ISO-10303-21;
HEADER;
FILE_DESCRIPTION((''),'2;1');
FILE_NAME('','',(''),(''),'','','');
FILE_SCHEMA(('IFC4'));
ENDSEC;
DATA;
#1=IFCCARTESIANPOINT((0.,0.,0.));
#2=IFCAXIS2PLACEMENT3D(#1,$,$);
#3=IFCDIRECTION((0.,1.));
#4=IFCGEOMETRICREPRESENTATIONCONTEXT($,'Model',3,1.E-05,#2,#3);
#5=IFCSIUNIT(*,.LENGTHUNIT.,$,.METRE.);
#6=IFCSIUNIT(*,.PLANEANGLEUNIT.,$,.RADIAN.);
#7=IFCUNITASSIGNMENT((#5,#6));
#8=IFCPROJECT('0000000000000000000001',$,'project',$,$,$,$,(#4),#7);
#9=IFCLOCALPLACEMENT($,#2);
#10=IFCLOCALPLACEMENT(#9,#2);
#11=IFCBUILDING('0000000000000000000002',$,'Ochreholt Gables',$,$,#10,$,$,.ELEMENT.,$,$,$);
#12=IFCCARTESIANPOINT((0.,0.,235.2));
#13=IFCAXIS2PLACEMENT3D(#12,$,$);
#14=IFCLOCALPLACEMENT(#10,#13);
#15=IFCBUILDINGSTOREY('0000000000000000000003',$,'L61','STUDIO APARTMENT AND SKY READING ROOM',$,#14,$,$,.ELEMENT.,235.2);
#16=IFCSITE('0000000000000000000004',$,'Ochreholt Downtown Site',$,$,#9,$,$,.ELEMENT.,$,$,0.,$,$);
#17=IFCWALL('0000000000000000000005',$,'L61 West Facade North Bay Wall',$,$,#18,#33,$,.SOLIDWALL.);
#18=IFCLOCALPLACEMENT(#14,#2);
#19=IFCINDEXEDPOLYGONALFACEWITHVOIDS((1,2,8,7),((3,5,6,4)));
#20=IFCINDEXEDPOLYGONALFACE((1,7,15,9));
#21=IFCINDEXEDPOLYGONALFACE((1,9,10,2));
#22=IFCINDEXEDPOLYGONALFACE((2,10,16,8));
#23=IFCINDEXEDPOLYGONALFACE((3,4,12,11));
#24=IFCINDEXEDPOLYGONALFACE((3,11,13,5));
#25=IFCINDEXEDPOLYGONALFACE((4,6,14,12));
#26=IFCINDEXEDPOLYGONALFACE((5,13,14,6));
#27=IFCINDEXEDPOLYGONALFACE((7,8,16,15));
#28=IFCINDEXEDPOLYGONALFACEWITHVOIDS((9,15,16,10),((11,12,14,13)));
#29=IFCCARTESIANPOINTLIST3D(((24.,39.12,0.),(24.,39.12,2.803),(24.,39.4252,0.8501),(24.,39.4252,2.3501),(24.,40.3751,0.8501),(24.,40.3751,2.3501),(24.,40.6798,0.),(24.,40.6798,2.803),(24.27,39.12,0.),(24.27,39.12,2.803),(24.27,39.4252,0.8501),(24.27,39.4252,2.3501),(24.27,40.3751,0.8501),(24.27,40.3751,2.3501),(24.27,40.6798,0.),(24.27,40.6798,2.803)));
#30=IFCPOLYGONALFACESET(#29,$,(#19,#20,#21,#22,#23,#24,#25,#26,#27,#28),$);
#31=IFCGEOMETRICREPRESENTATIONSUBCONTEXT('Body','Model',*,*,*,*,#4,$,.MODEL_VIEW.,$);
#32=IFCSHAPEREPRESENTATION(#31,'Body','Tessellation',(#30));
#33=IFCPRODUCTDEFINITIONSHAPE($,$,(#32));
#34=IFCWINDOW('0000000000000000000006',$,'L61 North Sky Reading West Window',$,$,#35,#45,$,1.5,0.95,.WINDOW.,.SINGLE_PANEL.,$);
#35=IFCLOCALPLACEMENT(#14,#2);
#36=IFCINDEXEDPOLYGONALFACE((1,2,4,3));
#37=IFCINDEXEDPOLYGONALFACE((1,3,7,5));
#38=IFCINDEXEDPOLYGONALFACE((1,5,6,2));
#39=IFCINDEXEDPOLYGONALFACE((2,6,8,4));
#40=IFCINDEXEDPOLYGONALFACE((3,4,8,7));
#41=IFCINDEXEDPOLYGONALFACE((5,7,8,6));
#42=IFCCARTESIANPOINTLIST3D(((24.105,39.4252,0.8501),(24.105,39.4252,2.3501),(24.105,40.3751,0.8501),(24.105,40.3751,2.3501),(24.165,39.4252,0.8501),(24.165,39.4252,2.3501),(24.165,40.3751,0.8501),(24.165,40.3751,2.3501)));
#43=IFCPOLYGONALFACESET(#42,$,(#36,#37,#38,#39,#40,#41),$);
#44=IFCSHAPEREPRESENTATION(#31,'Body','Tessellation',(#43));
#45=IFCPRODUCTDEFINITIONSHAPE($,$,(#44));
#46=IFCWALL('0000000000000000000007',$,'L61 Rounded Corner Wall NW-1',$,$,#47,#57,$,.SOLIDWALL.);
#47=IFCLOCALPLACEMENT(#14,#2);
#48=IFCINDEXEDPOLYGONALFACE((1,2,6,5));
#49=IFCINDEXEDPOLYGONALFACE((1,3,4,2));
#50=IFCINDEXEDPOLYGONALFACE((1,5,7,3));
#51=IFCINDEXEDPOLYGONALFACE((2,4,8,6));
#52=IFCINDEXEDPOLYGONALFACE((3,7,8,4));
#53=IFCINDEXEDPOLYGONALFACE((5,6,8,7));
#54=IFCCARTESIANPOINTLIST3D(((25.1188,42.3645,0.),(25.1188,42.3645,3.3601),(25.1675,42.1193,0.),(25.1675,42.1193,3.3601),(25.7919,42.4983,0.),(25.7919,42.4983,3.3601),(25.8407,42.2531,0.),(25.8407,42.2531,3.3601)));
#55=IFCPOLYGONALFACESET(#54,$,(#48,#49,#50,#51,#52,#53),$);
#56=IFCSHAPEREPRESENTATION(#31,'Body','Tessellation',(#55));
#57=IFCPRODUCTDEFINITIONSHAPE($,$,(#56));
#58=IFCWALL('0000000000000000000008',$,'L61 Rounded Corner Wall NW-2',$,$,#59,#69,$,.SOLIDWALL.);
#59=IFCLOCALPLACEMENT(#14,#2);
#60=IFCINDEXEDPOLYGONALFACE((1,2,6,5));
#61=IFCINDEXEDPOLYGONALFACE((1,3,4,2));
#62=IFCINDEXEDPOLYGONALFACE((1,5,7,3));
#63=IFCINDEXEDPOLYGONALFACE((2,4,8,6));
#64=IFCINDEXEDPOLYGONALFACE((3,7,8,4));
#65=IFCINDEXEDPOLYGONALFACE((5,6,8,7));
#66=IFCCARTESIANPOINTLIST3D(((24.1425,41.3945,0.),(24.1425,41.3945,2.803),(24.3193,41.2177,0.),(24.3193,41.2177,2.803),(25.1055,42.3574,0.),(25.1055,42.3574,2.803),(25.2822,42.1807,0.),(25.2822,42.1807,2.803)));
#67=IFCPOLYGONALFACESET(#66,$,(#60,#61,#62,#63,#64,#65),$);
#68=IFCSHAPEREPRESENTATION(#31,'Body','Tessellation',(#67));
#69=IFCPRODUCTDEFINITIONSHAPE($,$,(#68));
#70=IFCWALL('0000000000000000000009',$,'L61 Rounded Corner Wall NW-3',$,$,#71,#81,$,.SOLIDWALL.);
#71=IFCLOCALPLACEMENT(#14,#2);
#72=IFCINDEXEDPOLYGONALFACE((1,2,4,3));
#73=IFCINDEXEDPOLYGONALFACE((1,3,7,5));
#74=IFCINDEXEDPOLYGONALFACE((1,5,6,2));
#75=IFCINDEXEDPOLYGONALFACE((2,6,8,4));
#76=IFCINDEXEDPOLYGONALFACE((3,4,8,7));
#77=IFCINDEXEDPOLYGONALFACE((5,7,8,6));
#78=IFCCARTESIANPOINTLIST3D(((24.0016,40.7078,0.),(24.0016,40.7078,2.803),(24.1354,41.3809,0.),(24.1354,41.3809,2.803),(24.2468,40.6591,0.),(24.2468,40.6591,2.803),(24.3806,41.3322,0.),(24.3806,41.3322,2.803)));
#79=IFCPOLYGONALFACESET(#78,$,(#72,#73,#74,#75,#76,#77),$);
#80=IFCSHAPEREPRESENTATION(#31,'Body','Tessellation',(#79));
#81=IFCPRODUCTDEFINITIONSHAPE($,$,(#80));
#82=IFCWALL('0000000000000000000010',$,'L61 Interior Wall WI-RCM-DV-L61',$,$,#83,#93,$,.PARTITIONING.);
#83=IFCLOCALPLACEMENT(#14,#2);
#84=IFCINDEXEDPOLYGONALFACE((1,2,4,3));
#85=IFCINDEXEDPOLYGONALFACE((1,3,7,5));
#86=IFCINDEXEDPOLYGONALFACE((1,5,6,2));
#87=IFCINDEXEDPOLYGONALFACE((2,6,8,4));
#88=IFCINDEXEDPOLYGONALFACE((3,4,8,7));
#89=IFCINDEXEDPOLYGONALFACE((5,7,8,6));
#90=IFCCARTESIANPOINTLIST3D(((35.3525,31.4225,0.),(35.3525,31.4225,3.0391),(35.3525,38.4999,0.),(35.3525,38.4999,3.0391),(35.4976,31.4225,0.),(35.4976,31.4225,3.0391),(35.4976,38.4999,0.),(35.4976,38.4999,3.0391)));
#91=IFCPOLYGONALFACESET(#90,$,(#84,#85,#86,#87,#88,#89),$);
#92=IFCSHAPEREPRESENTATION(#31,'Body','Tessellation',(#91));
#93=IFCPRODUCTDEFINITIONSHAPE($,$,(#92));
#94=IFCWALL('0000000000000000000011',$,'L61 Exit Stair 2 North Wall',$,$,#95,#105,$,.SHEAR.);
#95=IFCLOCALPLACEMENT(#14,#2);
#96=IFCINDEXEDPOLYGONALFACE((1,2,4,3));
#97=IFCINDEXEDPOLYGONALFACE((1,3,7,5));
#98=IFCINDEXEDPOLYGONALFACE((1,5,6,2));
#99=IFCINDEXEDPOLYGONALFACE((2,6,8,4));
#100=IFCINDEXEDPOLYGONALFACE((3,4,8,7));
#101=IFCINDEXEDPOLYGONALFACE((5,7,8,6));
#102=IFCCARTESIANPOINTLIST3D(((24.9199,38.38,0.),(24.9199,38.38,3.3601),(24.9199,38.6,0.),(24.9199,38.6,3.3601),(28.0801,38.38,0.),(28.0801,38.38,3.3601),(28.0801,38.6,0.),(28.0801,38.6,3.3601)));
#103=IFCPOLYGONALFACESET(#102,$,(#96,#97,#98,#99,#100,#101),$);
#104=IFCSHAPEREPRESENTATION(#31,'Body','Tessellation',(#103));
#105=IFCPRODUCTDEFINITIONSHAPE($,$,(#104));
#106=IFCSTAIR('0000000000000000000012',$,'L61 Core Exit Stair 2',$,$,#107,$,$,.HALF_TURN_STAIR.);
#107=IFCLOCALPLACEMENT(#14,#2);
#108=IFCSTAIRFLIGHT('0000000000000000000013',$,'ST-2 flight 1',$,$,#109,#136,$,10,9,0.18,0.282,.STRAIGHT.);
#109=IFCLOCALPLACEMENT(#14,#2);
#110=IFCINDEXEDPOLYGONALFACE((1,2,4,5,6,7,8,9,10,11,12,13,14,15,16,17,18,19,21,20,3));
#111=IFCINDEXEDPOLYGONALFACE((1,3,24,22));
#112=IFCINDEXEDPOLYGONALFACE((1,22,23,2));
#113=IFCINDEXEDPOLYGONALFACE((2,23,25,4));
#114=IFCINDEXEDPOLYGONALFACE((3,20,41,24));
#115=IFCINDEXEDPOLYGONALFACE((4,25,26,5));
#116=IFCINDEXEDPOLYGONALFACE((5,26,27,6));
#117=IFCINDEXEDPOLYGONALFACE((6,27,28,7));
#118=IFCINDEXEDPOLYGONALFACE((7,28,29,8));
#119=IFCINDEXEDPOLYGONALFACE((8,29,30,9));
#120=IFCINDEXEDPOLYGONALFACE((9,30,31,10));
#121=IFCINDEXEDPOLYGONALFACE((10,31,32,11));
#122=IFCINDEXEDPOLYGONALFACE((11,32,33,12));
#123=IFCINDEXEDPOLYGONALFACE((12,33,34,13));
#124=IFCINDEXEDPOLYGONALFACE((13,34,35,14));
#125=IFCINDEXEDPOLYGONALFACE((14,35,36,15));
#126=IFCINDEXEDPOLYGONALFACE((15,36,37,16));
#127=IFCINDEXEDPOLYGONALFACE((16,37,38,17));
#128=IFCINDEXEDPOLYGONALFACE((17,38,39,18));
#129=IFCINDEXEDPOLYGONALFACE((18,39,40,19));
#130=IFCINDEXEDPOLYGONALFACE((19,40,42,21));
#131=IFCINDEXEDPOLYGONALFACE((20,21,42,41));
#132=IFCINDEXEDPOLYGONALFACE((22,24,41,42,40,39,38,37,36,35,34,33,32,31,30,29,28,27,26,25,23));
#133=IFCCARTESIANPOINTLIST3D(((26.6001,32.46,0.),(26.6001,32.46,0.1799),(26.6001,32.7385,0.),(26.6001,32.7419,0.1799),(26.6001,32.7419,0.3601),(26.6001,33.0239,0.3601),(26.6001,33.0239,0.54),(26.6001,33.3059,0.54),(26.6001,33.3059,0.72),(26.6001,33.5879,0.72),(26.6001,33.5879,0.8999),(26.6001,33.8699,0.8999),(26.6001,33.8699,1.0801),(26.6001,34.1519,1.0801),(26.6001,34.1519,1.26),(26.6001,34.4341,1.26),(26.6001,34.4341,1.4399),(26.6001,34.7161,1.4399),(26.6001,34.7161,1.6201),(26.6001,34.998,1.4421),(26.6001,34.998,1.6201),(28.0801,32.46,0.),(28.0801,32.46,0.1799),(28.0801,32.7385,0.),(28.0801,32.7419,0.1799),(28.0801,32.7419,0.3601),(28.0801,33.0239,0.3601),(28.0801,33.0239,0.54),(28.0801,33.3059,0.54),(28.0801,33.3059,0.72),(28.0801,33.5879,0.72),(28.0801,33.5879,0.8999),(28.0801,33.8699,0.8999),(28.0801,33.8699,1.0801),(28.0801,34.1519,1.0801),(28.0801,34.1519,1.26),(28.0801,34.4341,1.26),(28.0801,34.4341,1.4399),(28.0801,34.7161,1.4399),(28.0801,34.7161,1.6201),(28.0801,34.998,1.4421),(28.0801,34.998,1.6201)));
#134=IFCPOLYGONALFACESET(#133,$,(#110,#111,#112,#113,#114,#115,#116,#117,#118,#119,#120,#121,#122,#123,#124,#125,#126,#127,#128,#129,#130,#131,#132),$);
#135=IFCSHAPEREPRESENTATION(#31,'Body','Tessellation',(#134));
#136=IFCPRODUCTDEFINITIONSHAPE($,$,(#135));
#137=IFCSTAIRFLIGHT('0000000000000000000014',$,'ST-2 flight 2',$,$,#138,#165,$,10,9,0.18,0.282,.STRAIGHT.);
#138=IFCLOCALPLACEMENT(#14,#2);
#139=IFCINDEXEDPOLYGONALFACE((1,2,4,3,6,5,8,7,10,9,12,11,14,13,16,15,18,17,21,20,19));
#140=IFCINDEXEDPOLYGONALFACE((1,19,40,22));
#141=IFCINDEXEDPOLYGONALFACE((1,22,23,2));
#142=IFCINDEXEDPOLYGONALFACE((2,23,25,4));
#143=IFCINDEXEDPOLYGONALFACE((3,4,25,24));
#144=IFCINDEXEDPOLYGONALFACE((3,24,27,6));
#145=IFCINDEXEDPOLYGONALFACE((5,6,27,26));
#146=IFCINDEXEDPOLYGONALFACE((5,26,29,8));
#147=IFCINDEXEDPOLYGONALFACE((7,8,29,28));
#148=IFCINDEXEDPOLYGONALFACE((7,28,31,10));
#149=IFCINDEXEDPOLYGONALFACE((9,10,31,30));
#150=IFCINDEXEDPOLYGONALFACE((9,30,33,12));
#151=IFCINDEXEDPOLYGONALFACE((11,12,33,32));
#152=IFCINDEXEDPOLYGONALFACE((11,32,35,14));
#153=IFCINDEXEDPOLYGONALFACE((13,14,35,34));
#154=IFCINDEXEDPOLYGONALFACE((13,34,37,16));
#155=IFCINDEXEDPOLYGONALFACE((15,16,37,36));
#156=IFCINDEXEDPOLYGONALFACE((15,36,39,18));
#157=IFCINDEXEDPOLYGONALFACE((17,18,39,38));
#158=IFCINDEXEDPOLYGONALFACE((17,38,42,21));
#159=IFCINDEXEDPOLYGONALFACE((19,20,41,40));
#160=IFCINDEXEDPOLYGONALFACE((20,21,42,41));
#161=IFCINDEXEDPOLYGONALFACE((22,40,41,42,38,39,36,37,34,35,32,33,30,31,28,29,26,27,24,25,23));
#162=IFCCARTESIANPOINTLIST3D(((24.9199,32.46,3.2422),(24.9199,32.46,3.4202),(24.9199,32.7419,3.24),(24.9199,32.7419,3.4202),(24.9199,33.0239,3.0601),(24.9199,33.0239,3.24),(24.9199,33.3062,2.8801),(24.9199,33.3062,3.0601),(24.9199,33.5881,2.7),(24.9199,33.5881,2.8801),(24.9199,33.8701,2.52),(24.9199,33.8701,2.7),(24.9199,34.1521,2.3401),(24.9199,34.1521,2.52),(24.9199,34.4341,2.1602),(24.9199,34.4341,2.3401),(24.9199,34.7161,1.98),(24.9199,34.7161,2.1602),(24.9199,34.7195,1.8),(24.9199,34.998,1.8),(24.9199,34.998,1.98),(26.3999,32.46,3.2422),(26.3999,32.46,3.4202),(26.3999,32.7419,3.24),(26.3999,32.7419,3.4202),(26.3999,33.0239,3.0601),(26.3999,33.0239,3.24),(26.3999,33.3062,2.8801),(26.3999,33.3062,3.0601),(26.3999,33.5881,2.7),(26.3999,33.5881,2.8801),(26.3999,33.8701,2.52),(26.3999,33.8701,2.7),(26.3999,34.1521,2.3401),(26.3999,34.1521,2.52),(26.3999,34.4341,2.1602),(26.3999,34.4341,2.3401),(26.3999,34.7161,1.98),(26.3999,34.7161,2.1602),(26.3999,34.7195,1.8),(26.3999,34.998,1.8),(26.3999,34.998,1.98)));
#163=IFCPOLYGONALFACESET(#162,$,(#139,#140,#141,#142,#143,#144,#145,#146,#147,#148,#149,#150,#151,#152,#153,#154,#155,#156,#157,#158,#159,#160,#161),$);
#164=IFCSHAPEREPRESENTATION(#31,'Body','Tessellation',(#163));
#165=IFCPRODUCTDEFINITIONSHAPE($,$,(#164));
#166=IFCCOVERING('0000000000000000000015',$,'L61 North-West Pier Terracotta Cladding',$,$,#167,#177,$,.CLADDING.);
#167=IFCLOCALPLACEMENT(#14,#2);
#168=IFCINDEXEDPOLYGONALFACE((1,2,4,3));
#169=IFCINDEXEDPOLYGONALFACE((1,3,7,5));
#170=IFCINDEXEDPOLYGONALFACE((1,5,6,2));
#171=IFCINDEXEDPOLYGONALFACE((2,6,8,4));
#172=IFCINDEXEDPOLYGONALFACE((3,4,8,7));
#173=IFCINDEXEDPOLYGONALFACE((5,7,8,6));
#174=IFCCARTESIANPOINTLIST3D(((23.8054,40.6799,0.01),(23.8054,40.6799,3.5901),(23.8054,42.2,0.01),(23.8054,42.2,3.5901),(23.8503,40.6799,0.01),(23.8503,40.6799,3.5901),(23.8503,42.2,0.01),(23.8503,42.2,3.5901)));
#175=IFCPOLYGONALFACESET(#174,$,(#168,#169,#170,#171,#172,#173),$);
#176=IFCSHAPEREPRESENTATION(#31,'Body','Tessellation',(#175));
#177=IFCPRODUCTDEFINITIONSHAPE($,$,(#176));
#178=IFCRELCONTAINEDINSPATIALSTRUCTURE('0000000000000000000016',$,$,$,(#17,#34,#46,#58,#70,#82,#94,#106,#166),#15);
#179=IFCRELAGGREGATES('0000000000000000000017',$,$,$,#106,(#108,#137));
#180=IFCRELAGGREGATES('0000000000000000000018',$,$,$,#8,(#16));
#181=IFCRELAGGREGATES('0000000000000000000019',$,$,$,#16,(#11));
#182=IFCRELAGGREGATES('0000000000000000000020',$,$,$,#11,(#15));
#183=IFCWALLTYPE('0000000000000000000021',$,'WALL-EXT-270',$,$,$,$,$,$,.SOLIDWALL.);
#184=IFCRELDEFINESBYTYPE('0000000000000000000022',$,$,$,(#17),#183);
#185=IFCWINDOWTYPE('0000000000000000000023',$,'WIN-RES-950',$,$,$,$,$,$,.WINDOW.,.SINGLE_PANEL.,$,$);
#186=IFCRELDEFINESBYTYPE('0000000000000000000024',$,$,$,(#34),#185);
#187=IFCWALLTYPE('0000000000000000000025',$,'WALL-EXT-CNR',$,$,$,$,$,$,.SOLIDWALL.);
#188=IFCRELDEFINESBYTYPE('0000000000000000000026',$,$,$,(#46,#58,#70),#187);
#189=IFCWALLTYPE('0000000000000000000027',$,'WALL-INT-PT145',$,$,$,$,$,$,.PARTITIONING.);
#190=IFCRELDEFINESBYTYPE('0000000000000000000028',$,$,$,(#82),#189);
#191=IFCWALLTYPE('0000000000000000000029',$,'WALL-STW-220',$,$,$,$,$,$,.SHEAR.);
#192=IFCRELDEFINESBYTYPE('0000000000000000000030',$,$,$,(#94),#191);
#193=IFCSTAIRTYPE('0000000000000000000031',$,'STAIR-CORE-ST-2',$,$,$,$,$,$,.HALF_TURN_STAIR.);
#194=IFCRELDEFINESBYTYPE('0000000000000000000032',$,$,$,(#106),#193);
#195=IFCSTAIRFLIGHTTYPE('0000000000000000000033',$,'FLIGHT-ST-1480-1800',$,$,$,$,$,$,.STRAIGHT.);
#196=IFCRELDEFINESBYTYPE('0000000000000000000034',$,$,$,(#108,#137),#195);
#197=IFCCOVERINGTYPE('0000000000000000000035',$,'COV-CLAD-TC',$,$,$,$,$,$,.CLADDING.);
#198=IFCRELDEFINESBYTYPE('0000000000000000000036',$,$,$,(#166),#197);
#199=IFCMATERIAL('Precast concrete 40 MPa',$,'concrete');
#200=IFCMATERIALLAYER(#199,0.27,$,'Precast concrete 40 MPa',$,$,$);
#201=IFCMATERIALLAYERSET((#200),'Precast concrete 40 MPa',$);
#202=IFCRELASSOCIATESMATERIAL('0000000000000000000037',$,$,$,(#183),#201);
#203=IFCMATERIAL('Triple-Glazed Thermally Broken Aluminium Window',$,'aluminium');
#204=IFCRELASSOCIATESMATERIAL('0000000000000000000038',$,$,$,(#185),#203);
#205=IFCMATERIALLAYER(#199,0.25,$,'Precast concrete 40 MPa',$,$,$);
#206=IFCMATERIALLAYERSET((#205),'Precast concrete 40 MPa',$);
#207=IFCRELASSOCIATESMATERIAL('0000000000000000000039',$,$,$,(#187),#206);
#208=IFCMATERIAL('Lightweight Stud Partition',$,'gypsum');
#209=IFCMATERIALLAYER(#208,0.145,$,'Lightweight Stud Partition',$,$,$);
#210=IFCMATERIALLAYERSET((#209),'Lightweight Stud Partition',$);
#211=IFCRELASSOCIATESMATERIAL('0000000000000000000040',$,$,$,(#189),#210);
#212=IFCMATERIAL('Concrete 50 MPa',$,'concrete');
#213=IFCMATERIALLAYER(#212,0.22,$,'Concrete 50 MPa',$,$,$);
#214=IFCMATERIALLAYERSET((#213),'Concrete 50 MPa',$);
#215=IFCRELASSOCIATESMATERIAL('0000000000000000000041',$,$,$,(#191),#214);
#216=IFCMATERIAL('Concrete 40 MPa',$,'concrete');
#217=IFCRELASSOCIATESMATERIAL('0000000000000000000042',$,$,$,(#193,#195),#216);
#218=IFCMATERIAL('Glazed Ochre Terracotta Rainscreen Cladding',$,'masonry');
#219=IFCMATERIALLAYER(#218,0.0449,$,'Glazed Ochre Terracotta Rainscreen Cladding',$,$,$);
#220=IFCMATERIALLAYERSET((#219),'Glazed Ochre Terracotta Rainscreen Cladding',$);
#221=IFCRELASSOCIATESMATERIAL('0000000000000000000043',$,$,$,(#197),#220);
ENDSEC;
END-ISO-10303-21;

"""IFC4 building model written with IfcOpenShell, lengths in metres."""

from ifc_helpers import new_model, si_unit, direction, frame, frame_2d, origin, origin_2d, place, context, subcontext, project, spatial, polyline, rectangle, outline, extrude, material, layer, layer_set, type_object, element, fill, aggregate, save


model = new_model("IFC4")

# Units and contexts
model_context = context("Model", 3, precision=1e-05, world=origin(), true_north=direction((0.0, 1.0)))
body_context = subcontext(model_context, "Body", "Model", "MODEL_VIEW")
ifc_project = project(units=[si_unit("LENGTHUNIT", "METRE"), si_unit("PLANEANGLEUNIT", "RADIAN")], contexts=[model_context])

# Site, building, storey
site_placement = place(None, origin())
site = spatial("IfcSite", under=ifc_project, at=site_placement, Name="Ochreholt Downtown Site", CompositionType="ELEMENT", RefElevation=0.0)
building_placement = place(site_placement, origin())
building = spatial("IfcBuilding", under=site, at=building_placement, Name="Ochreholt Gables", CompositionType="ELEMENT")
storey_placement = place(building_placement, frame((0.0, 0.0, 235.2)))
storey = spatial("IfcBuildingStorey", under=building, at=storey_placement, Name="L61", Description="STUDIO APARTMENT AND SKY READING ROOM", CompositionType="ELEMENT", Elevation=235.2)

# Shared definitions
ifc_material_1 = material(Name="Concrete 50 MPa", Category="concrete")

# Wall, opening, window
ifc_material_2 = material(Name="Precast concrete 40 MPa", Category="concrete")
ifc_layer_1 = layer(ifc_material_2, 0.27, Name="Precast concrete 40 MPa")
ifc_layer_set_1 = layer_set([ifc_layer_1], Name="Precast concrete 40 MPa")
wall_type_1 = type_object("IfcWallType", Name="WALL-EXT-270", PredefinedType="SOLIDWALL", material=ifc_layer_set_1)
wall_1_placement = place(storey_placement, frame((24.135, 39.1201, 0.0), z_axis=(0.0, 0.0, 1.0), x_axis=(0.0, 1.0, 0.0)))
wall_1 = element("IfcWall", 1, at=wall_1_placement, inside=storey, type_object=wall_type_1, Name="L61 West Facade North Bay Wall", PredefinedType="SOLIDWALL", context=body_context, shape_type="SweptSolid", body=[
    extrude(rectangle(XDim=1.5598, YDim=0.27, at=frame_2d((0.7798, 0.0))), origin(), (0.0, 0.0, 1.0), 2.803),
])
opening_1_placement = place(wall_1_placement, frame((0.3049, 0.0, 0.8501)))
opening_1 = element("IfcOpeningElement", 2, at=opening_1_placement, cuts=wall_1, PredefinedType="OPENING", context=body_context, shape_type="SweptSolid", body=[
    extrude(rectangle(XDim=0.95, YDim=1.5, at=frame_2d((0.4751, 0.75))), frame((0.0, 0.145, 0.0), z_axis=(0.0, -1.0, 0.0), x_axis=(1.0, 0.0, 0.0)), (0.0, 0.0, 1.0), 0.29),
])
ifc_material_3 = material(Name="Triple-Glazed Thermally Broken Aluminium Window", Category="aluminium")
window_type = type_object("IfcWindowType", Name="WIN-RES-950", PartitioningType="SINGLE_PANEL", PredefinedType="WINDOW", material=ifc_material_3)
window_placement = place(opening_1_placement, origin())
window = element("IfcWindow", 3, at=window_placement, inside=storey, type_object=window_type, Name="L61 North Sky Reading West Window", OverallHeight=1.5, OverallWidth=0.95, PartitioningType="SINGLE_PANEL", PredefinedType="WINDOW", context=body_context, shape_type="SweptSolid", body=[
    extrude(rectangle(XDim=0.95, YDim=1.5, at=frame_2d((0.4751, 0.75))), frame((0.0, 0.03, 0.0), z_axis=(0.0, -1.0, 0.0), x_axis=(1.0, 0.0, 0.0)), (0.0, 0.0, 1.0), 0.0601),
])
fill(opening_1, window)

# Walls
ifc_layer_2 = layer(ifc_material_2, 0.25, Name="Precast concrete 40 MPa")
ifc_layer_set_2 = layer_set([ifc_layer_2], Name="Precast concrete 40 MPa")
wall_type_2 = type_object("IfcWallType", Name="WALL-EXT-CNR", PredefinedType="SOLIDWALL", material=ifc_layer_set_2)
wall_2_placement = place(storey_placement, frame((25.8164, 42.3757, 0.0), z_axis=(0.0, 0.0, 1.0), x_axis=(-0.980813, -0.194953, 0.0)))
element("IfcWall", 4, at=wall_2_placement, inside=storey, type_object=wall_type_2, Name="L61 Rounded Corner Wall NW-1", PredefinedType="SOLIDWALL", context=body_context, shape_type="SweptSolid", body=[
    extrude(rectangle(XDim=0.6863, YDim=0.25, at=frame_2d((0.3433, 0.0))), origin(), (0.0, 0.0, 1.0), 3.3601),
])
wall_3_placement = place(storey_placement, frame((25.1938, 42.269, 0.0), z_axis=(0.0, 0.0, 1.0), x_axis=(-0.707107, -0.707107, 0.0)))
element("IfcWall", 5, at=wall_3_placement, inside=storey, type_object=wall_type_2, Name="L61 Rounded Corner Wall NW-2", PredefinedType="SOLIDWALL", context=body_context, shape_type="SweptSolid", body=[
    extrude(rectangle(XDim=1.3618, YDim=0.25, at=frame_2d((0.6809, 0.0))), origin(), (0.0, 0.0, 1.0), 2.803),
])
wall_4_placement = place(storey_placement, frame((24.2581, 41.3567, 0.0), z_axis=(0.0, 0.0, 1.0), x_axis=(-0.194953, -0.980813, 0.0)))
element("IfcWall", 6, at=wall_4_placement, inside=storey, type_object=wall_type_2, Name="L61 Rounded Corner Wall NW-3", PredefinedType="SOLIDWALL", context=body_context, shape_type="SweptSolid", body=[
    extrude(rectangle(XDim=0.6863, YDim=0.25, at=frame_2d((0.3433, 0.0))), origin(), (0.0, 0.0, 1.0), 2.803),
])
ifc_material_4 = material(Name="Lightweight Stud Partition", Category="gypsum")
ifc_layer_3 = layer(ifc_material_4, 0.145, Name="Lightweight Stud Partition")
ifc_layer_set_3 = layer_set([ifc_layer_3], Name="Lightweight Stud Partition")
wall_type_3 = type_object("IfcWallType", Name="WALL-INT-PT145", PredefinedType="PARTITIONING", material=ifc_layer_set_3)
wall_5_placement = place(storey_placement, frame((35.425, 31.4226, 0.0), z_axis=(0.0, 0.0, 1.0), x_axis=(0.0, 1.0, 0.0)))
element("IfcWall", 7, at=wall_5_placement, inside=storey, type_object=wall_type_3, Name="L61 Interior Wall WI-RCM-DV-L61", PredefinedType="PARTITIONING", context=body_context, shape_type="SweptSolid", body=[
    extrude(rectangle(XDim=7.0774, YDim=0.145, at=frame_2d((3.5386, 0.0))), origin(), (0.0, 0.0, 1.0), 3.0391),
])
ifc_layer_4 = layer(ifc_material_1, 0.22, Name="Concrete 50 MPa")
ifc_layer_set_4 = layer_set([ifc_layer_4], Name="Concrete 50 MPa")
wall_type_4 = type_object("IfcWallType", Name="WALL-STW-220", PredefinedType="SHEAR", material=ifc_layer_set_4)
wall_6_placement = place(storey_placement, frame((24.9199, 38.49, 0.0), z_axis=(0.0, 0.0, 1.0), x_axis=(1.0, 0.0, 0.0)))
element("IfcWall", 8, at=wall_6_placement, inside=storey, type_object=wall_type_4, Name="L61 Exit Stair 2 North Wall", PredefinedType="SHEAR", context=body_context, shape_type="SweptSolid", body=[
    extrude(rectangle(XDim=3.1602, YDim=0.22, at=frame_2d((1.5801, 0.0))), origin(), (0.0, 0.0, 1.0), 3.3601),
])

# Stair, stair flights
ifc_material_5 = material(Name="Concrete 40 MPa", Category="concrete")
stair_type = type_object("IfcStairType", Name="STAIR-CORE-ST-2", PredefinedType="HALF_TURN_STAIR", material=ifc_material_5)
stair_placement = place(storey_placement, origin())
stair = element("IfcStair", 9, at=stair_placement, inside=storey, type_object=stair_type, Name="L61 Core Exit Stair 2", PredefinedType="HALF_TURN_STAIR")
stair_flight_type = type_object("IfcStairFlightType", Name="FLIGHT-ST-1480-1800", PredefinedType="STRAIGHT", material=ifc_material_5)
stair_flight_1_placement = place(storey_placement, frame((27.3401, 32.46, 0.0), z_axis=(0.0, 0.0, 1.0), x_axis=(0.0, 1.0, 0.0)))
stair_flight_1 = element("IfcStairFlight", 10, at=stair_flight_1_placement, type_object=stair_flight_type, Name="ST-2 flight 1", NumberOfRisers=10, NumberOfTreads=9, PredefinedType="STRAIGHT", RiserHeight=0.18, TreadLength=0.282, context=body_context, shape_type="SweptSolid", body=[
    extrude(outline(polyline([(0.0, 0.0), (0.0, 0.1799), (0.282, 0.1799), (0.282, 0.3601), (0.564, 0.3601), (0.564, 0.54), (0.8459, 0.54), (0.8459, 0.72), (1.1279, 0.72), (1.1279, 0.8999), (1.4099, 0.8999), (1.4099, 1.0801), (1.6919, 1.0801), (1.6919, 1.26), (1.9741, 1.26), (1.9741, 1.4399), (2.2561, 1.4399), (2.2561, 1.6201), (2.5381, 1.6201), (2.5381, 1.8), (2.5381, 1.4421), (0.2786, 0.0), (0.0, 0.0)])), frame((0.0, 0.74, 0.0), z_axis=(0.0, -1.0, 0.0), x_axis=(1.0, 0.0, 0.0)), (0.0, 0.0, 1.0), 1.48),
])
stair_flight_2_placement = place(storey_placement, frame((25.6599, 34.998, 1.8), z_axis=(0.0, 0.0, 1.0), x_axis=(0.0, -1.0, 0.0)))
stair_flight_2 = element("IfcStairFlight", 11, at=stair_flight_2_placement, type_object=stair_flight_type, Name="ST-2 flight 2", NumberOfRisers=10, NumberOfTreads=9, PredefinedType="STRAIGHT", RiserHeight=0.18, TreadLength=0.282, context=body_context, shape_type="SweptSolid", body=[
    extrude(outline(polyline([(0.0, 0.0), (0.0, 0.1799), (0.282, 0.1799), (0.282, 0.3601), (0.564, 0.3601), (0.564, 0.54), (0.8459, 0.54), (0.8459, 0.72), (1.1279, 0.72), (1.1279, 0.8999), (1.4099, 0.8999), (1.4099, 1.0801), (1.6919, 1.0801), (1.6919, 1.26), (1.9741, 1.26), (1.9741, 1.4399), (2.2561, 1.4399), (2.2561, 1.6201), (2.5381, 1.6201), (2.5381, 1.8), (2.5381, 1.4421), (0.2786, 0.0), (0.0, 0.0)])), frame((0.0, 0.74, 0.0), z_axis=(0.0, -1.0, 0.0), x_axis=(1.0, 0.0, 0.0)), (0.0, 0.0, 1.0), 1.48),
])
aggregate(stair, [stair_flight_1, stair_flight_2])

# Covering
ifc_material_6 = material(Name="Glazed Ochre Terracotta Rainscreen Cladding", Category="masonry")
ifc_layer_5 = layer(ifc_material_6, 0.0449, Name="Glazed Ochre Terracotta Rainscreen Cladding")
ifc_layer_set_5 = layer_set([ifc_layer_5], Name="Glazed Ochre Terracotta Rainscreen Cladding")
covering_type = type_object("IfcCoveringType", Name="COV-CLAD-TC", PredefinedType="CLADDING", material=ifc_layer_set_5)
covering_placement = place(storey_placement, frame((23.8279, 41.4399, 0.01), z_axis=(0.0, 0.0, 1.0), x_axis=(0.0, 1.0, 0.0)))
element("IfcCovering", 12, at=covering_placement, inside=storey, type_object=covering_type, Name="L61 North-West Pier Terracotta Cladding", PredefinedType="CLADDING", context=body_context, shape_type="SweptSolid", body=[
    extrude(rectangle(XDim=1.52, YDim=0.0449, at=origin_2d()), origin(), (0.0, 0.0, 1.0), 3.5801),
])

save(model, "model.ifc")
